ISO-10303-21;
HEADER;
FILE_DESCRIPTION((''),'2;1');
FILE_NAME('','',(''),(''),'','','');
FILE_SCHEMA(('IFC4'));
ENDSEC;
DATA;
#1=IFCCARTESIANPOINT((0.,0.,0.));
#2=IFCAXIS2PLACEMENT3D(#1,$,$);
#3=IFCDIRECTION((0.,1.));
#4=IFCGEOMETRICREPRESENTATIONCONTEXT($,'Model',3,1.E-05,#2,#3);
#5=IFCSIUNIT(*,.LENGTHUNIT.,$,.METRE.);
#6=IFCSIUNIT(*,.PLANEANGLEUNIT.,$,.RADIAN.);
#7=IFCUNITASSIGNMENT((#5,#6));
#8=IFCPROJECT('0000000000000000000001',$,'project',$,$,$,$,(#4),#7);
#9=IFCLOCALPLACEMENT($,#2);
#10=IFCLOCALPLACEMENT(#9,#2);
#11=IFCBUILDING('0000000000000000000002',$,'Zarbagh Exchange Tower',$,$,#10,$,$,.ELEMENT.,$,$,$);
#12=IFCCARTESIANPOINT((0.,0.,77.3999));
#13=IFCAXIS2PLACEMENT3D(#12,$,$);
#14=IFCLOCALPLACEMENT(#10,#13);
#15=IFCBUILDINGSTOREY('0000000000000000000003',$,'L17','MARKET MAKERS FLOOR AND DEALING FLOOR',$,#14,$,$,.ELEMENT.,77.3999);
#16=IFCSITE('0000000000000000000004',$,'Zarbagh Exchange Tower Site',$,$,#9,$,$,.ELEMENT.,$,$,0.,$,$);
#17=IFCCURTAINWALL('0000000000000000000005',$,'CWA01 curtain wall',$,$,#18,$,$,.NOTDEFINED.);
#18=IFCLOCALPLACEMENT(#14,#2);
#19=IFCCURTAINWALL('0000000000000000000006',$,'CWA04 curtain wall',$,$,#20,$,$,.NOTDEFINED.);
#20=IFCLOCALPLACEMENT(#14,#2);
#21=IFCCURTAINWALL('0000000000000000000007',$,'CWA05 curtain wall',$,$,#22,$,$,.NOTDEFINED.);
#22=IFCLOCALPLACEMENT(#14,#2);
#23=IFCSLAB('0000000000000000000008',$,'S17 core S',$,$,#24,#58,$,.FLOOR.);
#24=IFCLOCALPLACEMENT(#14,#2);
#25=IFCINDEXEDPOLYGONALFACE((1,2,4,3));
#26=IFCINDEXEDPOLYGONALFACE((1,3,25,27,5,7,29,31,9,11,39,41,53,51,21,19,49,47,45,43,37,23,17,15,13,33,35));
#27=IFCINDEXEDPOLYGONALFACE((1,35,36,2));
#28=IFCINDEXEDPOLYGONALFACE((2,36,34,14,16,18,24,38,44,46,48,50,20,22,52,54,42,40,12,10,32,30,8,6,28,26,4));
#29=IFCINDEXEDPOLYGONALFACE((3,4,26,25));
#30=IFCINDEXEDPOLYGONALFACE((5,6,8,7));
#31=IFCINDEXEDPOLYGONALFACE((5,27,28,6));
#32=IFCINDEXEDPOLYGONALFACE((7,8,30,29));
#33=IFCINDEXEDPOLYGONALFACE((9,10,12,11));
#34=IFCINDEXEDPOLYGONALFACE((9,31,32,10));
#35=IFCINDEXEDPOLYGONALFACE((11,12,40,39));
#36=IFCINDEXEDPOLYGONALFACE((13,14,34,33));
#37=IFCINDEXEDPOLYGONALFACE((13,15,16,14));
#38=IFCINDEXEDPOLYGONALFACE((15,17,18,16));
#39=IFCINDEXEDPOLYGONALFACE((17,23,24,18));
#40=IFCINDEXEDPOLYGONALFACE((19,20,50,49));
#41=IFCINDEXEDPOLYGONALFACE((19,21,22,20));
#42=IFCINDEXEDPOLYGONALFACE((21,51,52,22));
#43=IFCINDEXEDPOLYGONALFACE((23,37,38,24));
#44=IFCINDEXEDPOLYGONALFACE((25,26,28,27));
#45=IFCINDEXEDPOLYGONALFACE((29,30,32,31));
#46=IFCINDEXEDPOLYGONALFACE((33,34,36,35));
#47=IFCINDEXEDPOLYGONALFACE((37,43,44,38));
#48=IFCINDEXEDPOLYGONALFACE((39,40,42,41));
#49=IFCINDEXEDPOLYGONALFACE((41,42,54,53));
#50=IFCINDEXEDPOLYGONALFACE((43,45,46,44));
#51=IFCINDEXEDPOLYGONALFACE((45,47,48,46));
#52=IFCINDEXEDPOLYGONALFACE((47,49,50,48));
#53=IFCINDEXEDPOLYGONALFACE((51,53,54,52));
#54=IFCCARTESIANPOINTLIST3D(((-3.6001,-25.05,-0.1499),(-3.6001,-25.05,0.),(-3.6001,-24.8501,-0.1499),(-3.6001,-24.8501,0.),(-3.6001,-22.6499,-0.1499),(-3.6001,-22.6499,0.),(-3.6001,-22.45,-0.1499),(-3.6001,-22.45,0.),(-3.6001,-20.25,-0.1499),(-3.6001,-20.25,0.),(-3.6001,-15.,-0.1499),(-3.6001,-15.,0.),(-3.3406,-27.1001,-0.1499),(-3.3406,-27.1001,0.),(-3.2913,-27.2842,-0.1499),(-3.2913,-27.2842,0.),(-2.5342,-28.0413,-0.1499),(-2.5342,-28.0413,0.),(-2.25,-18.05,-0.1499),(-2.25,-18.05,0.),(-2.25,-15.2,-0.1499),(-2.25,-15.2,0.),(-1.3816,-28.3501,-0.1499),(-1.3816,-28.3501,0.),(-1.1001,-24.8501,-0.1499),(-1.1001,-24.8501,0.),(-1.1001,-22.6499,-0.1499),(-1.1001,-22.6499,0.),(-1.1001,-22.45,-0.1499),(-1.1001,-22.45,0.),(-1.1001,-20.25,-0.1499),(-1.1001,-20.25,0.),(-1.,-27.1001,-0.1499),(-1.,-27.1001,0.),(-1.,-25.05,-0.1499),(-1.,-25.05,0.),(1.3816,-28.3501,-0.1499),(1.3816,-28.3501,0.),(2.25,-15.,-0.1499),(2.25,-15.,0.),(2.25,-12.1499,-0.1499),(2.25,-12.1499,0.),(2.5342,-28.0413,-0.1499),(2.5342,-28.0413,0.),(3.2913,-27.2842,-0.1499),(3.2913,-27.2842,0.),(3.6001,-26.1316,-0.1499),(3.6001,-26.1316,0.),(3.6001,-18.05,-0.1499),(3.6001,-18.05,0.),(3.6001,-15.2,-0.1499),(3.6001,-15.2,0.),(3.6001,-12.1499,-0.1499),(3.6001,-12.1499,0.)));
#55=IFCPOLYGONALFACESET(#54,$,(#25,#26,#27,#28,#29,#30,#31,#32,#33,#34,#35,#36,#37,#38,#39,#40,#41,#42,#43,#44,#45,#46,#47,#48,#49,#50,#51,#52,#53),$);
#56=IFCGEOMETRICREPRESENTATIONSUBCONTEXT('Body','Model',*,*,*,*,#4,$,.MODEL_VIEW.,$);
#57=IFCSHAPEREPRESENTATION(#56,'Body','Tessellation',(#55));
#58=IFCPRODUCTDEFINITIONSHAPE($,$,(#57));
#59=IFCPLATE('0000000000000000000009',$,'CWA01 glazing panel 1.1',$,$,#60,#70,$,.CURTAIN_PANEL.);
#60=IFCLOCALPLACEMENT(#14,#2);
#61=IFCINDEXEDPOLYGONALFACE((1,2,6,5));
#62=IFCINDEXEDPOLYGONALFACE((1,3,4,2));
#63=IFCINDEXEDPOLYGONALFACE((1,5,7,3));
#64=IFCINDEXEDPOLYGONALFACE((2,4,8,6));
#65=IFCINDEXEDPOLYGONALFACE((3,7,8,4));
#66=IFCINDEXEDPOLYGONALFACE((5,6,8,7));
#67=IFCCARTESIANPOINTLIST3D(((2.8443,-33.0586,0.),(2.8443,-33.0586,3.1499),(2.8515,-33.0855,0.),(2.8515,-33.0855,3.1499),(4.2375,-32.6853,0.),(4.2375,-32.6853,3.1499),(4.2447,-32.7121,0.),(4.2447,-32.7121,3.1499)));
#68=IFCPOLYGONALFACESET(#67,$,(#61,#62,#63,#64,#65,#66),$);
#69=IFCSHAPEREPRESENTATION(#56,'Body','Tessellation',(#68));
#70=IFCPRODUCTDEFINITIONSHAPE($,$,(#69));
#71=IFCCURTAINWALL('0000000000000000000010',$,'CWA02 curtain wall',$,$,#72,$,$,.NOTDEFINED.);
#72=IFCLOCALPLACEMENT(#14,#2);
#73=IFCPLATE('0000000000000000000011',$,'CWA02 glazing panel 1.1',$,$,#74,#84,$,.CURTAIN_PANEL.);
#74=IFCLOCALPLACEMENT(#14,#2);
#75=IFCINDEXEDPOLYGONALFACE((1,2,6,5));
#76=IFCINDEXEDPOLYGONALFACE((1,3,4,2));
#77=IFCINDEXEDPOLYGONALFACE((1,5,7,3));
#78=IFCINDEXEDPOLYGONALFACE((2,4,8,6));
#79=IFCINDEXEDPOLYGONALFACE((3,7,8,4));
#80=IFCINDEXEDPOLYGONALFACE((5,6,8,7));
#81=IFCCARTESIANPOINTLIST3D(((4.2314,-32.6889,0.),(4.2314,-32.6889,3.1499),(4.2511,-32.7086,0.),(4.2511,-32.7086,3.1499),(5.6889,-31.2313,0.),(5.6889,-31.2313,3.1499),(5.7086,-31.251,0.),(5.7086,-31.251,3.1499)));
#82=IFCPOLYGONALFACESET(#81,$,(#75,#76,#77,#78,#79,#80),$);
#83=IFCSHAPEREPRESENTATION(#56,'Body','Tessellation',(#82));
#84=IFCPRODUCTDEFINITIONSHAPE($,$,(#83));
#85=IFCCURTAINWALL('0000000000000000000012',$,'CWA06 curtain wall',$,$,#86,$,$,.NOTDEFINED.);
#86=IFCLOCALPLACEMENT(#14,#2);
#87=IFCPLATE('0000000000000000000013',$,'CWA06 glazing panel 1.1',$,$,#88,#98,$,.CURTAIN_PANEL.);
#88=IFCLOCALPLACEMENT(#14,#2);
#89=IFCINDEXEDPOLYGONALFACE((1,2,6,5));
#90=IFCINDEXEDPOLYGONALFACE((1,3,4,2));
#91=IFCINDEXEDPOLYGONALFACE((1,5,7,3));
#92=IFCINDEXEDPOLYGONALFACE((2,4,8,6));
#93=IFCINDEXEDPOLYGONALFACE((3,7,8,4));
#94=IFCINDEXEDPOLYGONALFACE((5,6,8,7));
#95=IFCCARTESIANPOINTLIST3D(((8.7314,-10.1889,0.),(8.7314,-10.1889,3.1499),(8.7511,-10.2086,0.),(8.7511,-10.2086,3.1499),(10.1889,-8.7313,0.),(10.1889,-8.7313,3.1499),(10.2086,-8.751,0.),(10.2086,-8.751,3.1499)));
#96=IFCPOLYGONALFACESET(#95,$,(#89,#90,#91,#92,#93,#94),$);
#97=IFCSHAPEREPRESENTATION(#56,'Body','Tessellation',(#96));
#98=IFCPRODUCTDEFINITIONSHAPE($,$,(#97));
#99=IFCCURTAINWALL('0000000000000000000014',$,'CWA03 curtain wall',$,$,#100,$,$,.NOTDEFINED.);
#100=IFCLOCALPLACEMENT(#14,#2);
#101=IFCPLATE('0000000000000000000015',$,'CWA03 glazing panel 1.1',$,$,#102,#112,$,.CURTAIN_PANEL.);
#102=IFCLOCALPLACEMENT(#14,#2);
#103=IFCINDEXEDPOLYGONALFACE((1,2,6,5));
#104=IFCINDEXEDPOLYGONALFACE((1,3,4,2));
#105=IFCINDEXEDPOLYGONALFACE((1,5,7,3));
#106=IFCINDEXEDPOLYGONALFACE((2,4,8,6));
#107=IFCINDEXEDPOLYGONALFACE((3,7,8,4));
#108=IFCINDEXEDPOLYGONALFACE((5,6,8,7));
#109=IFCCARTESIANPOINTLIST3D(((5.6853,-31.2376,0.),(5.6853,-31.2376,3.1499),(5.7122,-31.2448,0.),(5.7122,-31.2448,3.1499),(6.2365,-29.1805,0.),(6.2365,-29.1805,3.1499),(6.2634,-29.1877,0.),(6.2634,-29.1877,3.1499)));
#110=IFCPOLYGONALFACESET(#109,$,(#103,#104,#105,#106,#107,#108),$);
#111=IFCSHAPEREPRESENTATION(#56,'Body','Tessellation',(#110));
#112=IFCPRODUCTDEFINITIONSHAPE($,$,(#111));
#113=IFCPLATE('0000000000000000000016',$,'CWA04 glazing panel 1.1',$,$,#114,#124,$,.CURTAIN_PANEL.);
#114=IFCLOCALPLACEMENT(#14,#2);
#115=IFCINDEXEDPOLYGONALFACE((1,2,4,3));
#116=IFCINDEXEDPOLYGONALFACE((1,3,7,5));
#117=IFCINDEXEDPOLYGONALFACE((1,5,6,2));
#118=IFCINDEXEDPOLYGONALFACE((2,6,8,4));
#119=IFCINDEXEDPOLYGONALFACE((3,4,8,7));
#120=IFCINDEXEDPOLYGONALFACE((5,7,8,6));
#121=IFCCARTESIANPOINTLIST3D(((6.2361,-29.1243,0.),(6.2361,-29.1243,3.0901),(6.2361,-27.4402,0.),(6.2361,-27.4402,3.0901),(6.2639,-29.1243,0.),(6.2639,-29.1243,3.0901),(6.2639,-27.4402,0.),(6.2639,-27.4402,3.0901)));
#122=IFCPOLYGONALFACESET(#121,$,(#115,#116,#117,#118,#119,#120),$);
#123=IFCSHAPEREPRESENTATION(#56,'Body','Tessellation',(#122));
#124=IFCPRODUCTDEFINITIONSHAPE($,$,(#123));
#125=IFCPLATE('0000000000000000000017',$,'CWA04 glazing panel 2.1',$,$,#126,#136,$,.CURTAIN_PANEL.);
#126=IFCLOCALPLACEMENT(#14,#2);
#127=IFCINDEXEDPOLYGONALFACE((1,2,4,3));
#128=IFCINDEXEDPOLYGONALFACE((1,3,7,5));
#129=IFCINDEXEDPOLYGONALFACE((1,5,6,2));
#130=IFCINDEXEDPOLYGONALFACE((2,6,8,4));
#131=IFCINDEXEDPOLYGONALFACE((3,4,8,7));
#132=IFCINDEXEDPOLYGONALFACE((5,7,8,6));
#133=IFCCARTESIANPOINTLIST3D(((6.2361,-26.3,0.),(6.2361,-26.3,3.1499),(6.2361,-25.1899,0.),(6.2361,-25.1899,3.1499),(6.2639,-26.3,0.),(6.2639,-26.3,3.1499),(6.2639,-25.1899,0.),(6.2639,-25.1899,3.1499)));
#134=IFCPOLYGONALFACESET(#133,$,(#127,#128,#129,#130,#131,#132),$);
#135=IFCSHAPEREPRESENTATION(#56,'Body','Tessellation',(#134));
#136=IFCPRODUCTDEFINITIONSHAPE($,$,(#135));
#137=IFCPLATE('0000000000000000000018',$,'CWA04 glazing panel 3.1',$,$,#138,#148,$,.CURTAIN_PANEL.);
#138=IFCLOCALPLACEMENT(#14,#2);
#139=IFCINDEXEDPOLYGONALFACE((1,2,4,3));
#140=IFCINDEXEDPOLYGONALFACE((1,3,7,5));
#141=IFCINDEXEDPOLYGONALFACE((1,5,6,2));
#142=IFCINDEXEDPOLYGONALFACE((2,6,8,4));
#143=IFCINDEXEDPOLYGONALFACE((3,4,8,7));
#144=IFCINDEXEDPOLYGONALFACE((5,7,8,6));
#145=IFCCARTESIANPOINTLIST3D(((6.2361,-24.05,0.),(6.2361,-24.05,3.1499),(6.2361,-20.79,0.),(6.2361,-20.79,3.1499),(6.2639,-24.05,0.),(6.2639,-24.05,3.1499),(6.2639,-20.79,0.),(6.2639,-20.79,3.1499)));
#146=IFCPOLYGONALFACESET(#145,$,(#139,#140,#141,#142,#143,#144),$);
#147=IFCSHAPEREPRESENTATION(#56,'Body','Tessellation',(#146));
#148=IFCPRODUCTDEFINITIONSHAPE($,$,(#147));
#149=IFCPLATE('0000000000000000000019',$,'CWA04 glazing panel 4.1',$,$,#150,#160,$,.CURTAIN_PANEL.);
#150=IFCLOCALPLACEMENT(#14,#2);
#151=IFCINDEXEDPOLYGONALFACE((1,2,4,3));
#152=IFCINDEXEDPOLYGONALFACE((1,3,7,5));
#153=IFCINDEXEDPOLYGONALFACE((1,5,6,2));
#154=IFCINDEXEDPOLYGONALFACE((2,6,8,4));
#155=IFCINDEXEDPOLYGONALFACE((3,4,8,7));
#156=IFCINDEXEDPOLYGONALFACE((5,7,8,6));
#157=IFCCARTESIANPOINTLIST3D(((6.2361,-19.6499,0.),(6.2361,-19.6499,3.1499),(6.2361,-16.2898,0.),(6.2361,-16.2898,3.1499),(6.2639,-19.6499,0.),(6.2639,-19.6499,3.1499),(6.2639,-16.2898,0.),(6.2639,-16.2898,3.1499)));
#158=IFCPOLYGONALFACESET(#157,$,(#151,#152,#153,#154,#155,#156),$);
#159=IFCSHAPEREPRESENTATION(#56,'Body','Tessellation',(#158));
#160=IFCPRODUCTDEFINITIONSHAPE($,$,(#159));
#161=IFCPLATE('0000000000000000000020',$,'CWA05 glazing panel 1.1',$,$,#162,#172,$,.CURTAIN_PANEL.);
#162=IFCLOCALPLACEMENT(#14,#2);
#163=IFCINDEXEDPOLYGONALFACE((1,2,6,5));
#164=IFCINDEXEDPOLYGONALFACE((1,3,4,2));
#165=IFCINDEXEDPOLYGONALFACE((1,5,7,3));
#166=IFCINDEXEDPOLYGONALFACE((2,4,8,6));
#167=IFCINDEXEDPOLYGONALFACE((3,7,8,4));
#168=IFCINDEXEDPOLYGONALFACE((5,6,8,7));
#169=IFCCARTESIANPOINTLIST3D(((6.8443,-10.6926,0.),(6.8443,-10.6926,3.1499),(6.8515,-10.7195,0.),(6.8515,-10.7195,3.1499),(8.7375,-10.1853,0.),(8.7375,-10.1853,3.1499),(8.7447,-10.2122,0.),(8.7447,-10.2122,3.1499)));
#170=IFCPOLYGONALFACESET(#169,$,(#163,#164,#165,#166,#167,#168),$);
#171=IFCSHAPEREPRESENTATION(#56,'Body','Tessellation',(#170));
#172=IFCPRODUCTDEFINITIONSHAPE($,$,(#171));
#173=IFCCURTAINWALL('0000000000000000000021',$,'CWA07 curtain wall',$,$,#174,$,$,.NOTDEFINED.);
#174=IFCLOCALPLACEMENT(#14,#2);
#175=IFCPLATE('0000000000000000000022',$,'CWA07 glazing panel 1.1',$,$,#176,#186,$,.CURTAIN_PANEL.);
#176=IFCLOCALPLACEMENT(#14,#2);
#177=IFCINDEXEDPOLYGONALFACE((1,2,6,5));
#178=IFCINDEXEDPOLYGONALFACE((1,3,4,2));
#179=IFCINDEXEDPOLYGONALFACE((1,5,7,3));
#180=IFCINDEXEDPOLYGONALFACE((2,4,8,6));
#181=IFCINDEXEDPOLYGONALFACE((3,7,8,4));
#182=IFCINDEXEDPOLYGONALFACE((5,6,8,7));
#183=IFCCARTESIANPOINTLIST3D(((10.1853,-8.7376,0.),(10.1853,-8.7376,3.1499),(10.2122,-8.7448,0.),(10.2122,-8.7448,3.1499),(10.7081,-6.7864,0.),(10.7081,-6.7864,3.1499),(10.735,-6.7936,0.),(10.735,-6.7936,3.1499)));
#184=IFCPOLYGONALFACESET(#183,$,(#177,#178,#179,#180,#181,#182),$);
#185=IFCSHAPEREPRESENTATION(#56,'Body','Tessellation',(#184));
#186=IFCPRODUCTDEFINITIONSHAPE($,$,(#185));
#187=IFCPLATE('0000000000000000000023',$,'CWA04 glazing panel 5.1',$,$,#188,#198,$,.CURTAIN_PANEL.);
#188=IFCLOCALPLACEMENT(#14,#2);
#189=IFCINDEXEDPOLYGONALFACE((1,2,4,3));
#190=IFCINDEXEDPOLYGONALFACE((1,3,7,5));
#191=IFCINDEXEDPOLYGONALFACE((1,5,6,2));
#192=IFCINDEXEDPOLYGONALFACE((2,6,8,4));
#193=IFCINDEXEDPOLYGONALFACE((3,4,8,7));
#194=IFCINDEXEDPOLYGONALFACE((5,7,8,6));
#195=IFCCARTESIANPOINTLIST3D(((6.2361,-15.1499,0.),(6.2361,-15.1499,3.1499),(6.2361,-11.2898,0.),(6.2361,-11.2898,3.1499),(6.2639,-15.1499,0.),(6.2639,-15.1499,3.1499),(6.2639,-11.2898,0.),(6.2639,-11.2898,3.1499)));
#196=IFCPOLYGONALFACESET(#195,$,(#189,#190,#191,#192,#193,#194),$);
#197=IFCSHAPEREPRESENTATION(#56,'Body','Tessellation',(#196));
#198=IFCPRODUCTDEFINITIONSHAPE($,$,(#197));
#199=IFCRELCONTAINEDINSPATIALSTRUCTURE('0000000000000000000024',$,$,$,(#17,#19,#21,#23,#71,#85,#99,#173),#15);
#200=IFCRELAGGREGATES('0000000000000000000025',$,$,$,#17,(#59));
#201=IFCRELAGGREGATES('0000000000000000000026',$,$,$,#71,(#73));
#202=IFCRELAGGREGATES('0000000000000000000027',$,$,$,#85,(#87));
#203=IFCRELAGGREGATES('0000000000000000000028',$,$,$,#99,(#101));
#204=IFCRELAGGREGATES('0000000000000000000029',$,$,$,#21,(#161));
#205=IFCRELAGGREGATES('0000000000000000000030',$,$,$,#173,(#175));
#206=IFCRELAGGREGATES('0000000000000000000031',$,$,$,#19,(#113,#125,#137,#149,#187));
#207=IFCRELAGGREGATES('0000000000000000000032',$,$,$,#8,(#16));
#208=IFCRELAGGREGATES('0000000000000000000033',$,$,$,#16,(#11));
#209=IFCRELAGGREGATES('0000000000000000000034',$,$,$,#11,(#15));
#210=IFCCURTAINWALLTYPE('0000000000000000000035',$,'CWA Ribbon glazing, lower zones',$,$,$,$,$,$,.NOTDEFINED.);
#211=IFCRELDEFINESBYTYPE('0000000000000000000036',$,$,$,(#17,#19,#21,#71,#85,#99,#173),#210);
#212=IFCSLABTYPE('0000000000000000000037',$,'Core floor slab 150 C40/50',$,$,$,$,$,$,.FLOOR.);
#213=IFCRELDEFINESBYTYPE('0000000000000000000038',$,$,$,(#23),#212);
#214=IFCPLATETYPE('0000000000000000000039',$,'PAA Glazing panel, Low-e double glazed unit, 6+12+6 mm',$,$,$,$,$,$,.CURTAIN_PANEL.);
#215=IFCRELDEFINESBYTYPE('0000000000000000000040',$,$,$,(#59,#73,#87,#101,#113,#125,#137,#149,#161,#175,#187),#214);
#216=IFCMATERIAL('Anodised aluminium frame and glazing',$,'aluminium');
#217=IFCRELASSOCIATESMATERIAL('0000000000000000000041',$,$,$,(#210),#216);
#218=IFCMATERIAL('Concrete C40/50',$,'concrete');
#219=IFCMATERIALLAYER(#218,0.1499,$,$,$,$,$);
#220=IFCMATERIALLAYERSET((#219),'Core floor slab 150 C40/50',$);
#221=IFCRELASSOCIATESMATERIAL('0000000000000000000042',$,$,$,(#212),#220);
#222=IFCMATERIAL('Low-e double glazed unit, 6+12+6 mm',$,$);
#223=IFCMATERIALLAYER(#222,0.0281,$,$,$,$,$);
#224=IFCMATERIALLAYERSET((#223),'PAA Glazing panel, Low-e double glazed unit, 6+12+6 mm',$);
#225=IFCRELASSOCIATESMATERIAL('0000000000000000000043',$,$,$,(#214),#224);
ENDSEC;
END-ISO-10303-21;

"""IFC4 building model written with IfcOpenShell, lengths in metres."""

from ifc_helpers import new_model, si_unit, direction, frame, origin, place, context, subcontext, project, spatial, polyline, outline, extrude, source, transform, mapped, material, layer, layer_set, type_object, element, aggregate, save


model = new_model("IFC4")

# Units and contexts
model_context = context("Model", 3, precision=1e-05, world=origin(), true_north=direction((0.0, 1.0)))
body_context = subcontext(model_context, "Body", "Model", "MODEL_VIEW")
ifc_project = project(units=[si_unit("LENGTHUNIT", "METRE"), si_unit("PLANEANGLEUNIT", "RADIAN")], contexts=[model_context])

# Site, building, storey
site_placement = place(None, origin())
site = spatial("IfcSite", under=ifc_project, at=site_placement, Name="Zarbagh Exchange Tower Site", CompositionType="ELEMENT", RefElevation=0.0)
building_placement = place(site_placement, origin())
building = spatial("IfcBuilding", under=site, at=building_placement, Name="Zarbagh Exchange Tower", CompositionType="ELEMENT")
storey_placement = place(building_placement, frame((0.0, 0.0, 77.3999)))
storey = spatial("IfcBuildingStorey", under=building, at=storey_placement, Name="L17", Description="MARKET MAKERS FLOOR AND DEALING FLOOR", CompositionType="ELEMENT", Elevation=77.3999)

# Curtain wall
ifc_material_1 = material(Name="Anodised aluminium frame and glazing", Category="aluminium")
curtain_wall_type = type_object("IfcCurtainWallType", Name="CWA Ribbon glazing, lower zones", PredefinedType="NOTDEFINED", material=ifc_material_1)
curtain_wall_1_placement = place(storey_placement, origin())
curtain_wall_1 = element("IfcCurtainWall", 1, at=curtain_wall_1_placement, inside=storey, type_object=curtain_wall_type, Name="CWA01 curtain wall", PredefinedType="NOTDEFINED")
placement = place(storey_placement, origin())

# Curtain wall
curtain_wall_2_placement = place(storey_placement, origin())
curtain_wall_2 = element("IfcCurtainWall", 2, at=curtain_wall_2_placement, inside=storey, type_object=curtain_wall_type, Name="CWA04 curtain wall", PredefinedType="NOTDEFINED")

# Curtain wall
curtain_wall_3_placement = place(storey_placement, origin())
curtain_wall_3 = element("IfcCurtainWall", 3, at=curtain_wall_3_placement, inside=storey, type_object=curtain_wall_type, Name="CWA05 curtain wall", PredefinedType="NOTDEFINED")

# Slab
ifc_material_2 = material(Name="Concrete C40/50", Category="concrete")
ifc_layer_1 = layer(ifc_material_2, 0.1499)
ifc_layer_set_1 = layer_set([ifc_layer_1], Name="Core floor slab 150 C40/50")
slab_type = type_object("IfcSlabType", Name="Core floor slab 150 C40/50", PredefinedType="FLOOR", material=ifc_layer_set_1)
slab_1_placement = place(storey_placement, frame((0.0, 0.0, -0.1499)))
element("IfcSlab", 4, at=slab_1_placement, inside=storey, type_object=slab_type, Name="S17 core S", PredefinedType="FLOOR", context=body_context, shape_type="SweptSolid", body=[
    extrude(outline(polyline([(-2.5342, -28.0413), (-3.2913, -27.2842), (-3.3406, -27.1001), (-1.0, -27.1001), (-1.0, -25.05), (-3.6001, -25.05), (-3.6001, -24.8501), (-1.1001, -24.8501), (-1.1001, -22.6499), (-3.6001, -22.6499), (-3.6001, -22.45), (-1.1001, -22.45), (-1.1001, -20.25), (-3.6001, -20.25), (-3.6001, -15.0), (2.25, -15.0), (2.25, -12.1499), (3.6001, -12.1499), (3.6001, -15.2), (-2.25, -15.2), (-2.25, -18.05), (3.6001, -18.05), (3.6001, -26.1316), (3.2913, -27.2842), (2.5342, -28.0413), (1.3816, -28.3501), (-1.3816, -28.3501), (-2.5342, -28.0413)])), origin(), (0.0, 0.0, 1.0), 0.1499),
])

# Plate
ifc_material_3 = material(Name="Low-e double glazed unit, 6+12+6 mm")
ifc_layer_2 = layer(ifc_material_3, 0.0281)
ifc_layer_set_2 = layer_set([ifc_layer_2], Name="PAA Glazing panel, Low-e double glazed unit, 6+12+6 mm")
plate_type = type_object("IfcPlateType", Name="PAA Glazing panel, Low-e double glazed unit, 6+12+6 mm", PredefinedType="CURTAIN_PANEL", material=ifc_layer_set_2)
shared_shape_1 = source(origin(), body_context, "Body", "SweptSolid", [
    extrude(outline(polyline([(0.0, -0.0139), (1.4424, -0.0139), (1.4424, 0.0139), (0.0, 0.0139), (0.0, -0.0139)])), origin(), (0.0, 0.0, 1.0), 3.1499),
])
plate_1 = element("IfcPlate", 5, at=placement, type_object=plate_type, Name="CWA01 glazing panel 1.1", PredefinedType="CURTAIN_PANEL", context=body_context, shape_type="MappedRepresentation", body=[
    mapped(shared_shape_1, transform((2.8479, -33.072, 0.0), x_axis=(0.965924, 0.258825, 0.0), y_axis=(-0.258825, 0.965924, 0.0), z_axis=(0.0, 0.0, 1.0))),
])
aggregate(curtain_wall_1, [plate_1])

# Curtain walls, plates
curtain_wall_4_placement = place(storey_placement, origin())
curtain_wall_4 = element("IfcCurtainWall", 6, at=curtain_wall_4_placement, inside=storey, type_object=curtain_wall_type, Name="CWA02 curtain wall", PredefinedType="NOTDEFINED")
shared_shape_2 = source(origin(), body_context, "Body", "SweptSolid", [
    extrude(outline(polyline([(0.0, -0.0139), (2.0613, -0.0139), (2.0613, 0.0139), (0.0, 0.0139), (0.0, -0.0139)])), origin(), (0.0, 0.0, 1.0), 3.1499),
])
plate_2 = element("IfcPlate", 7, at=placement, type_object=plate_type, Name="CWA02 glazing panel 1.1", PredefinedType="CURTAIN_PANEL", context=body_context, shape_type="MappedRepresentation", body=[
    mapped(shared_shape_2, transform((4.2412, -32.6987, 0.0), x_axis=(0.707107, 0.707107, 0.0), y_axis=(-0.707107, 0.707107, 0.0), z_axis=(0.0, 0.0, 1.0))),
])
aggregate(curtain_wall_4, [plate_2])
curtain_wall_5_placement = place(storey_placement, origin())
curtain_wall_5 = element("IfcCurtainWall", 8, at=curtain_wall_5_placement, inside=storey, type_object=curtain_wall_type, Name="CWA06 curtain wall", PredefinedType="NOTDEFINED")
plate_3 = element("IfcPlate", 9, at=placement, type_object=plate_type, Name="CWA06 glazing panel 1.1", PredefinedType="CURTAIN_PANEL", context=body_context, shape_type="MappedRepresentation", body=[
    mapped(shared_shape_2, transform((8.7412, -10.1987, 0.0), x_axis=(0.707107, 0.707107, 0.0), y_axis=(-0.707107, 0.707107, 0.0), z_axis=(0.0, 0.0, 1.0))),
])
aggregate(curtain_wall_5, [plate_3])
curtain_wall_6_placement = place(storey_placement, origin())
curtain_wall_6 = element("IfcCurtainWall", 10, at=curtain_wall_6_placement, inside=storey, type_object=curtain_wall_type, Name="CWA03 curtain wall", PredefinedType="NOTDEFINED")
shared_shape_3 = source(origin(), body_context, "Body", "SweptSolid", [
    extrude(outline(polyline([(0.0, -0.0139), (2.1296, -0.0139), (2.1296, 0.0139), (0.0, 0.0139), (0.0, -0.0139)])), origin(), (0.0, 0.0, 1.0), 3.1499),
])
plate_4 = element("IfcPlate", 11, at=placement, type_object=plate_type, Name="CWA03 glazing panel 1.1", PredefinedType="CURTAIN_PANEL", context=body_context, shape_type="MappedRepresentation", body=[
    mapped(shared_shape_3, transform((5.6987, -31.2412, 0.0), x_axis=(0.258825, 0.965924, 0.0), y_axis=(-0.965924, 0.258825, 0.0), z_axis=(0.0, 0.0, 1.0))),
])
aggregate(curtain_wall_6, [plate_4])

# Plates
shared_shape_4 = source(origin(), body_context, "Body", "SweptSolid", [
    extrude(outline(polyline([(0.0, -0.0139), (1.6841, -0.0139), (1.6841, 0.0139), (0.0, 0.0139), (0.0, -0.0139)])), origin(), (0.0, 0.0, 1.0), 3.0901),
])
plate_5 = element("IfcPlate", 12, at=placement, type_object=plate_type, Name="CWA04 glazing panel 1.1", PredefinedType="CURTAIN_PANEL", context=body_context, shape_type="MappedRepresentation", body=[
    mapped(shared_shape_4, transform((6.25, -29.1243, 0.0), x_axis=(0.0, 1.0, 0.0), y_axis=(-1.0, 0.0, 0.0), z_axis=(0.0, 0.0, 1.0))),
])
shared_shape_5 = source(origin(), body_context, "Body", "SweptSolid", [
    extrude(outline(polyline([(0.0, -0.0139), (1.1101, -0.0139), (1.1101, 0.0139), (0.0, 0.0139), (0.0, -0.0139)])), origin(), (0.0, 0.0, 1.0), 3.1499),
])
plate_6 = element("IfcPlate", 13, at=placement, type_object=plate_type, Name="CWA04 glazing panel 2.1", PredefinedType="CURTAIN_PANEL", context=body_context, shape_type="MappedRepresentation", body=[
    mapped(shared_shape_5, transform((6.25, -26.3, 0.0), x_axis=(0.0, 1.0, 0.0), y_axis=(-1.0, 0.0, 0.0), z_axis=(0.0, 0.0, 1.0))),
])
shared_shape_6 = source(origin(), body_context, "Body", "SweptSolid", [
    extrude(outline(polyline([(0.0, -0.0139), (3.26, -0.0139), (3.26, 0.0139), (0.0, 0.0139), (0.0, -0.0139)])), origin(), (0.0, 0.0, 1.0), 3.1499),
])
plate_7 = element("IfcPlate", 14, at=placement, type_object=plate_type, Name="CWA04 glazing panel 3.1", PredefinedType="CURTAIN_PANEL", context=body_context, shape_type="MappedRepresentation", body=[
    mapped(shared_shape_6, transform((6.25, -24.05, 0.0), x_axis=(0.0, 1.0, 0.0), y_axis=(-1.0, 0.0, 0.0), z_axis=(0.0, 0.0, 1.0))),
])
shared_shape_7 = source(origin(), body_context, "Body", "SweptSolid", [
    extrude(outline(polyline([(0.0, -0.0139), (3.3601, -0.0139), (3.3601, 0.0139), (0.0, 0.0139), (0.0, -0.0139)])), origin(), (0.0, 0.0, 1.0), 3.1499),
])
plate_8 = element("IfcPlate", 15, at=placement, type_object=plate_type, Name="CWA04 glazing panel 4.1", PredefinedType="CURTAIN_PANEL", context=body_context, shape_type="MappedRepresentation", body=[
    mapped(shared_shape_7, transform((6.25, -19.6499, 0.0), x_axis=(0.0, 1.0, 0.0), y_axis=(-1.0, 0.0, 0.0), z_axis=(0.0, 0.0, 1.0))),
])
shared_shape_8 = source(origin(), body_context, "Body", "SweptSolid", [
    extrude(outline(polyline([(0.0, -0.0139), (1.96, -0.0139), (1.96, 0.0139), (0.0, 0.0139), (0.0, -0.0139)])), origin(), (0.0, 0.0, 1.0), 3.1499),
])
plate_9 = element("IfcPlate", 16, at=placement, type_object=plate_type, Name="CWA05 glazing panel 1.1", PredefinedType="CURTAIN_PANEL", context=body_context, shape_type="MappedRepresentation", body=[
    mapped(shared_shape_8, transform((6.8479, -10.7061, 0.0), x_axis=(0.965924, 0.258825, 0.0), y_axis=(-0.258825, 0.965924, 0.0), z_axis=(0.0, 0.0, 1.0))),
])
aggregate(curtain_wall_3, [plate_9])

# Curtain wall, plate
curtain_wall_7_placement = place(storey_placement, origin())
curtain_wall_7 = element("IfcCurtainWall", 17, at=curtain_wall_7_placement, inside=storey, type_object=curtain_wall_type, Name="CWA07 curtain wall", PredefinedType="NOTDEFINED")
shared_shape_9 = source(origin(), body_context, "Body", "SweptSolid", [
    extrude(outline(polyline([(0.0, -0.0139), (2.02, -0.0139), (2.02, 0.0139), (0.0, 0.0139), (0.0, -0.0139)])), origin(), (0.0, 0.0, 1.0), 3.1499),
])
plate_10 = element("IfcPlate", 18, at=placement, type_object=plate_type, Name="CWA07 glazing panel 1.1", PredefinedType="CURTAIN_PANEL", context=body_context, shape_type="MappedRepresentation", body=[
    mapped(shared_shape_9, transform((10.1987, -8.7412, 0.0), x_axis=(0.258825, 0.965924, 0.0), y_axis=(-0.965924, 0.258825, 0.0), z_axis=(0.0, 0.0, 1.0))),
])
aggregate(curtain_wall_7, [plate_10])

# Plate
shared_shape_10 = source(origin(), body_context, "Body", "SweptSolid", [
    extrude(outline(polyline([(0.0, -0.0139), (3.8601, -0.0139), (3.8601, 0.0139), (0.0, 0.0139), (0.0, -0.0139)])), origin(), (0.0, 0.0, 1.0), 3.1499),
])
plate_11 = element("IfcPlate", 19, at=placement, type_object=plate_type, Name="CWA04 glazing panel 5.1", PredefinedType="CURTAIN_PANEL", context=body_context, shape_type="MappedRepresentation", body=[
    mapped(shared_shape_10, transform((6.25, -15.1499, 0.0), x_axis=(0.0, 1.0, 0.0), y_axis=(-1.0, 0.0, 0.0), z_axis=(0.0, 0.0, 1.0))),
])
aggregate(curtain_wall_2, [plate_5, plate_6, plate_7, plate_8, plate_11])

save(model, "model.ifc")
